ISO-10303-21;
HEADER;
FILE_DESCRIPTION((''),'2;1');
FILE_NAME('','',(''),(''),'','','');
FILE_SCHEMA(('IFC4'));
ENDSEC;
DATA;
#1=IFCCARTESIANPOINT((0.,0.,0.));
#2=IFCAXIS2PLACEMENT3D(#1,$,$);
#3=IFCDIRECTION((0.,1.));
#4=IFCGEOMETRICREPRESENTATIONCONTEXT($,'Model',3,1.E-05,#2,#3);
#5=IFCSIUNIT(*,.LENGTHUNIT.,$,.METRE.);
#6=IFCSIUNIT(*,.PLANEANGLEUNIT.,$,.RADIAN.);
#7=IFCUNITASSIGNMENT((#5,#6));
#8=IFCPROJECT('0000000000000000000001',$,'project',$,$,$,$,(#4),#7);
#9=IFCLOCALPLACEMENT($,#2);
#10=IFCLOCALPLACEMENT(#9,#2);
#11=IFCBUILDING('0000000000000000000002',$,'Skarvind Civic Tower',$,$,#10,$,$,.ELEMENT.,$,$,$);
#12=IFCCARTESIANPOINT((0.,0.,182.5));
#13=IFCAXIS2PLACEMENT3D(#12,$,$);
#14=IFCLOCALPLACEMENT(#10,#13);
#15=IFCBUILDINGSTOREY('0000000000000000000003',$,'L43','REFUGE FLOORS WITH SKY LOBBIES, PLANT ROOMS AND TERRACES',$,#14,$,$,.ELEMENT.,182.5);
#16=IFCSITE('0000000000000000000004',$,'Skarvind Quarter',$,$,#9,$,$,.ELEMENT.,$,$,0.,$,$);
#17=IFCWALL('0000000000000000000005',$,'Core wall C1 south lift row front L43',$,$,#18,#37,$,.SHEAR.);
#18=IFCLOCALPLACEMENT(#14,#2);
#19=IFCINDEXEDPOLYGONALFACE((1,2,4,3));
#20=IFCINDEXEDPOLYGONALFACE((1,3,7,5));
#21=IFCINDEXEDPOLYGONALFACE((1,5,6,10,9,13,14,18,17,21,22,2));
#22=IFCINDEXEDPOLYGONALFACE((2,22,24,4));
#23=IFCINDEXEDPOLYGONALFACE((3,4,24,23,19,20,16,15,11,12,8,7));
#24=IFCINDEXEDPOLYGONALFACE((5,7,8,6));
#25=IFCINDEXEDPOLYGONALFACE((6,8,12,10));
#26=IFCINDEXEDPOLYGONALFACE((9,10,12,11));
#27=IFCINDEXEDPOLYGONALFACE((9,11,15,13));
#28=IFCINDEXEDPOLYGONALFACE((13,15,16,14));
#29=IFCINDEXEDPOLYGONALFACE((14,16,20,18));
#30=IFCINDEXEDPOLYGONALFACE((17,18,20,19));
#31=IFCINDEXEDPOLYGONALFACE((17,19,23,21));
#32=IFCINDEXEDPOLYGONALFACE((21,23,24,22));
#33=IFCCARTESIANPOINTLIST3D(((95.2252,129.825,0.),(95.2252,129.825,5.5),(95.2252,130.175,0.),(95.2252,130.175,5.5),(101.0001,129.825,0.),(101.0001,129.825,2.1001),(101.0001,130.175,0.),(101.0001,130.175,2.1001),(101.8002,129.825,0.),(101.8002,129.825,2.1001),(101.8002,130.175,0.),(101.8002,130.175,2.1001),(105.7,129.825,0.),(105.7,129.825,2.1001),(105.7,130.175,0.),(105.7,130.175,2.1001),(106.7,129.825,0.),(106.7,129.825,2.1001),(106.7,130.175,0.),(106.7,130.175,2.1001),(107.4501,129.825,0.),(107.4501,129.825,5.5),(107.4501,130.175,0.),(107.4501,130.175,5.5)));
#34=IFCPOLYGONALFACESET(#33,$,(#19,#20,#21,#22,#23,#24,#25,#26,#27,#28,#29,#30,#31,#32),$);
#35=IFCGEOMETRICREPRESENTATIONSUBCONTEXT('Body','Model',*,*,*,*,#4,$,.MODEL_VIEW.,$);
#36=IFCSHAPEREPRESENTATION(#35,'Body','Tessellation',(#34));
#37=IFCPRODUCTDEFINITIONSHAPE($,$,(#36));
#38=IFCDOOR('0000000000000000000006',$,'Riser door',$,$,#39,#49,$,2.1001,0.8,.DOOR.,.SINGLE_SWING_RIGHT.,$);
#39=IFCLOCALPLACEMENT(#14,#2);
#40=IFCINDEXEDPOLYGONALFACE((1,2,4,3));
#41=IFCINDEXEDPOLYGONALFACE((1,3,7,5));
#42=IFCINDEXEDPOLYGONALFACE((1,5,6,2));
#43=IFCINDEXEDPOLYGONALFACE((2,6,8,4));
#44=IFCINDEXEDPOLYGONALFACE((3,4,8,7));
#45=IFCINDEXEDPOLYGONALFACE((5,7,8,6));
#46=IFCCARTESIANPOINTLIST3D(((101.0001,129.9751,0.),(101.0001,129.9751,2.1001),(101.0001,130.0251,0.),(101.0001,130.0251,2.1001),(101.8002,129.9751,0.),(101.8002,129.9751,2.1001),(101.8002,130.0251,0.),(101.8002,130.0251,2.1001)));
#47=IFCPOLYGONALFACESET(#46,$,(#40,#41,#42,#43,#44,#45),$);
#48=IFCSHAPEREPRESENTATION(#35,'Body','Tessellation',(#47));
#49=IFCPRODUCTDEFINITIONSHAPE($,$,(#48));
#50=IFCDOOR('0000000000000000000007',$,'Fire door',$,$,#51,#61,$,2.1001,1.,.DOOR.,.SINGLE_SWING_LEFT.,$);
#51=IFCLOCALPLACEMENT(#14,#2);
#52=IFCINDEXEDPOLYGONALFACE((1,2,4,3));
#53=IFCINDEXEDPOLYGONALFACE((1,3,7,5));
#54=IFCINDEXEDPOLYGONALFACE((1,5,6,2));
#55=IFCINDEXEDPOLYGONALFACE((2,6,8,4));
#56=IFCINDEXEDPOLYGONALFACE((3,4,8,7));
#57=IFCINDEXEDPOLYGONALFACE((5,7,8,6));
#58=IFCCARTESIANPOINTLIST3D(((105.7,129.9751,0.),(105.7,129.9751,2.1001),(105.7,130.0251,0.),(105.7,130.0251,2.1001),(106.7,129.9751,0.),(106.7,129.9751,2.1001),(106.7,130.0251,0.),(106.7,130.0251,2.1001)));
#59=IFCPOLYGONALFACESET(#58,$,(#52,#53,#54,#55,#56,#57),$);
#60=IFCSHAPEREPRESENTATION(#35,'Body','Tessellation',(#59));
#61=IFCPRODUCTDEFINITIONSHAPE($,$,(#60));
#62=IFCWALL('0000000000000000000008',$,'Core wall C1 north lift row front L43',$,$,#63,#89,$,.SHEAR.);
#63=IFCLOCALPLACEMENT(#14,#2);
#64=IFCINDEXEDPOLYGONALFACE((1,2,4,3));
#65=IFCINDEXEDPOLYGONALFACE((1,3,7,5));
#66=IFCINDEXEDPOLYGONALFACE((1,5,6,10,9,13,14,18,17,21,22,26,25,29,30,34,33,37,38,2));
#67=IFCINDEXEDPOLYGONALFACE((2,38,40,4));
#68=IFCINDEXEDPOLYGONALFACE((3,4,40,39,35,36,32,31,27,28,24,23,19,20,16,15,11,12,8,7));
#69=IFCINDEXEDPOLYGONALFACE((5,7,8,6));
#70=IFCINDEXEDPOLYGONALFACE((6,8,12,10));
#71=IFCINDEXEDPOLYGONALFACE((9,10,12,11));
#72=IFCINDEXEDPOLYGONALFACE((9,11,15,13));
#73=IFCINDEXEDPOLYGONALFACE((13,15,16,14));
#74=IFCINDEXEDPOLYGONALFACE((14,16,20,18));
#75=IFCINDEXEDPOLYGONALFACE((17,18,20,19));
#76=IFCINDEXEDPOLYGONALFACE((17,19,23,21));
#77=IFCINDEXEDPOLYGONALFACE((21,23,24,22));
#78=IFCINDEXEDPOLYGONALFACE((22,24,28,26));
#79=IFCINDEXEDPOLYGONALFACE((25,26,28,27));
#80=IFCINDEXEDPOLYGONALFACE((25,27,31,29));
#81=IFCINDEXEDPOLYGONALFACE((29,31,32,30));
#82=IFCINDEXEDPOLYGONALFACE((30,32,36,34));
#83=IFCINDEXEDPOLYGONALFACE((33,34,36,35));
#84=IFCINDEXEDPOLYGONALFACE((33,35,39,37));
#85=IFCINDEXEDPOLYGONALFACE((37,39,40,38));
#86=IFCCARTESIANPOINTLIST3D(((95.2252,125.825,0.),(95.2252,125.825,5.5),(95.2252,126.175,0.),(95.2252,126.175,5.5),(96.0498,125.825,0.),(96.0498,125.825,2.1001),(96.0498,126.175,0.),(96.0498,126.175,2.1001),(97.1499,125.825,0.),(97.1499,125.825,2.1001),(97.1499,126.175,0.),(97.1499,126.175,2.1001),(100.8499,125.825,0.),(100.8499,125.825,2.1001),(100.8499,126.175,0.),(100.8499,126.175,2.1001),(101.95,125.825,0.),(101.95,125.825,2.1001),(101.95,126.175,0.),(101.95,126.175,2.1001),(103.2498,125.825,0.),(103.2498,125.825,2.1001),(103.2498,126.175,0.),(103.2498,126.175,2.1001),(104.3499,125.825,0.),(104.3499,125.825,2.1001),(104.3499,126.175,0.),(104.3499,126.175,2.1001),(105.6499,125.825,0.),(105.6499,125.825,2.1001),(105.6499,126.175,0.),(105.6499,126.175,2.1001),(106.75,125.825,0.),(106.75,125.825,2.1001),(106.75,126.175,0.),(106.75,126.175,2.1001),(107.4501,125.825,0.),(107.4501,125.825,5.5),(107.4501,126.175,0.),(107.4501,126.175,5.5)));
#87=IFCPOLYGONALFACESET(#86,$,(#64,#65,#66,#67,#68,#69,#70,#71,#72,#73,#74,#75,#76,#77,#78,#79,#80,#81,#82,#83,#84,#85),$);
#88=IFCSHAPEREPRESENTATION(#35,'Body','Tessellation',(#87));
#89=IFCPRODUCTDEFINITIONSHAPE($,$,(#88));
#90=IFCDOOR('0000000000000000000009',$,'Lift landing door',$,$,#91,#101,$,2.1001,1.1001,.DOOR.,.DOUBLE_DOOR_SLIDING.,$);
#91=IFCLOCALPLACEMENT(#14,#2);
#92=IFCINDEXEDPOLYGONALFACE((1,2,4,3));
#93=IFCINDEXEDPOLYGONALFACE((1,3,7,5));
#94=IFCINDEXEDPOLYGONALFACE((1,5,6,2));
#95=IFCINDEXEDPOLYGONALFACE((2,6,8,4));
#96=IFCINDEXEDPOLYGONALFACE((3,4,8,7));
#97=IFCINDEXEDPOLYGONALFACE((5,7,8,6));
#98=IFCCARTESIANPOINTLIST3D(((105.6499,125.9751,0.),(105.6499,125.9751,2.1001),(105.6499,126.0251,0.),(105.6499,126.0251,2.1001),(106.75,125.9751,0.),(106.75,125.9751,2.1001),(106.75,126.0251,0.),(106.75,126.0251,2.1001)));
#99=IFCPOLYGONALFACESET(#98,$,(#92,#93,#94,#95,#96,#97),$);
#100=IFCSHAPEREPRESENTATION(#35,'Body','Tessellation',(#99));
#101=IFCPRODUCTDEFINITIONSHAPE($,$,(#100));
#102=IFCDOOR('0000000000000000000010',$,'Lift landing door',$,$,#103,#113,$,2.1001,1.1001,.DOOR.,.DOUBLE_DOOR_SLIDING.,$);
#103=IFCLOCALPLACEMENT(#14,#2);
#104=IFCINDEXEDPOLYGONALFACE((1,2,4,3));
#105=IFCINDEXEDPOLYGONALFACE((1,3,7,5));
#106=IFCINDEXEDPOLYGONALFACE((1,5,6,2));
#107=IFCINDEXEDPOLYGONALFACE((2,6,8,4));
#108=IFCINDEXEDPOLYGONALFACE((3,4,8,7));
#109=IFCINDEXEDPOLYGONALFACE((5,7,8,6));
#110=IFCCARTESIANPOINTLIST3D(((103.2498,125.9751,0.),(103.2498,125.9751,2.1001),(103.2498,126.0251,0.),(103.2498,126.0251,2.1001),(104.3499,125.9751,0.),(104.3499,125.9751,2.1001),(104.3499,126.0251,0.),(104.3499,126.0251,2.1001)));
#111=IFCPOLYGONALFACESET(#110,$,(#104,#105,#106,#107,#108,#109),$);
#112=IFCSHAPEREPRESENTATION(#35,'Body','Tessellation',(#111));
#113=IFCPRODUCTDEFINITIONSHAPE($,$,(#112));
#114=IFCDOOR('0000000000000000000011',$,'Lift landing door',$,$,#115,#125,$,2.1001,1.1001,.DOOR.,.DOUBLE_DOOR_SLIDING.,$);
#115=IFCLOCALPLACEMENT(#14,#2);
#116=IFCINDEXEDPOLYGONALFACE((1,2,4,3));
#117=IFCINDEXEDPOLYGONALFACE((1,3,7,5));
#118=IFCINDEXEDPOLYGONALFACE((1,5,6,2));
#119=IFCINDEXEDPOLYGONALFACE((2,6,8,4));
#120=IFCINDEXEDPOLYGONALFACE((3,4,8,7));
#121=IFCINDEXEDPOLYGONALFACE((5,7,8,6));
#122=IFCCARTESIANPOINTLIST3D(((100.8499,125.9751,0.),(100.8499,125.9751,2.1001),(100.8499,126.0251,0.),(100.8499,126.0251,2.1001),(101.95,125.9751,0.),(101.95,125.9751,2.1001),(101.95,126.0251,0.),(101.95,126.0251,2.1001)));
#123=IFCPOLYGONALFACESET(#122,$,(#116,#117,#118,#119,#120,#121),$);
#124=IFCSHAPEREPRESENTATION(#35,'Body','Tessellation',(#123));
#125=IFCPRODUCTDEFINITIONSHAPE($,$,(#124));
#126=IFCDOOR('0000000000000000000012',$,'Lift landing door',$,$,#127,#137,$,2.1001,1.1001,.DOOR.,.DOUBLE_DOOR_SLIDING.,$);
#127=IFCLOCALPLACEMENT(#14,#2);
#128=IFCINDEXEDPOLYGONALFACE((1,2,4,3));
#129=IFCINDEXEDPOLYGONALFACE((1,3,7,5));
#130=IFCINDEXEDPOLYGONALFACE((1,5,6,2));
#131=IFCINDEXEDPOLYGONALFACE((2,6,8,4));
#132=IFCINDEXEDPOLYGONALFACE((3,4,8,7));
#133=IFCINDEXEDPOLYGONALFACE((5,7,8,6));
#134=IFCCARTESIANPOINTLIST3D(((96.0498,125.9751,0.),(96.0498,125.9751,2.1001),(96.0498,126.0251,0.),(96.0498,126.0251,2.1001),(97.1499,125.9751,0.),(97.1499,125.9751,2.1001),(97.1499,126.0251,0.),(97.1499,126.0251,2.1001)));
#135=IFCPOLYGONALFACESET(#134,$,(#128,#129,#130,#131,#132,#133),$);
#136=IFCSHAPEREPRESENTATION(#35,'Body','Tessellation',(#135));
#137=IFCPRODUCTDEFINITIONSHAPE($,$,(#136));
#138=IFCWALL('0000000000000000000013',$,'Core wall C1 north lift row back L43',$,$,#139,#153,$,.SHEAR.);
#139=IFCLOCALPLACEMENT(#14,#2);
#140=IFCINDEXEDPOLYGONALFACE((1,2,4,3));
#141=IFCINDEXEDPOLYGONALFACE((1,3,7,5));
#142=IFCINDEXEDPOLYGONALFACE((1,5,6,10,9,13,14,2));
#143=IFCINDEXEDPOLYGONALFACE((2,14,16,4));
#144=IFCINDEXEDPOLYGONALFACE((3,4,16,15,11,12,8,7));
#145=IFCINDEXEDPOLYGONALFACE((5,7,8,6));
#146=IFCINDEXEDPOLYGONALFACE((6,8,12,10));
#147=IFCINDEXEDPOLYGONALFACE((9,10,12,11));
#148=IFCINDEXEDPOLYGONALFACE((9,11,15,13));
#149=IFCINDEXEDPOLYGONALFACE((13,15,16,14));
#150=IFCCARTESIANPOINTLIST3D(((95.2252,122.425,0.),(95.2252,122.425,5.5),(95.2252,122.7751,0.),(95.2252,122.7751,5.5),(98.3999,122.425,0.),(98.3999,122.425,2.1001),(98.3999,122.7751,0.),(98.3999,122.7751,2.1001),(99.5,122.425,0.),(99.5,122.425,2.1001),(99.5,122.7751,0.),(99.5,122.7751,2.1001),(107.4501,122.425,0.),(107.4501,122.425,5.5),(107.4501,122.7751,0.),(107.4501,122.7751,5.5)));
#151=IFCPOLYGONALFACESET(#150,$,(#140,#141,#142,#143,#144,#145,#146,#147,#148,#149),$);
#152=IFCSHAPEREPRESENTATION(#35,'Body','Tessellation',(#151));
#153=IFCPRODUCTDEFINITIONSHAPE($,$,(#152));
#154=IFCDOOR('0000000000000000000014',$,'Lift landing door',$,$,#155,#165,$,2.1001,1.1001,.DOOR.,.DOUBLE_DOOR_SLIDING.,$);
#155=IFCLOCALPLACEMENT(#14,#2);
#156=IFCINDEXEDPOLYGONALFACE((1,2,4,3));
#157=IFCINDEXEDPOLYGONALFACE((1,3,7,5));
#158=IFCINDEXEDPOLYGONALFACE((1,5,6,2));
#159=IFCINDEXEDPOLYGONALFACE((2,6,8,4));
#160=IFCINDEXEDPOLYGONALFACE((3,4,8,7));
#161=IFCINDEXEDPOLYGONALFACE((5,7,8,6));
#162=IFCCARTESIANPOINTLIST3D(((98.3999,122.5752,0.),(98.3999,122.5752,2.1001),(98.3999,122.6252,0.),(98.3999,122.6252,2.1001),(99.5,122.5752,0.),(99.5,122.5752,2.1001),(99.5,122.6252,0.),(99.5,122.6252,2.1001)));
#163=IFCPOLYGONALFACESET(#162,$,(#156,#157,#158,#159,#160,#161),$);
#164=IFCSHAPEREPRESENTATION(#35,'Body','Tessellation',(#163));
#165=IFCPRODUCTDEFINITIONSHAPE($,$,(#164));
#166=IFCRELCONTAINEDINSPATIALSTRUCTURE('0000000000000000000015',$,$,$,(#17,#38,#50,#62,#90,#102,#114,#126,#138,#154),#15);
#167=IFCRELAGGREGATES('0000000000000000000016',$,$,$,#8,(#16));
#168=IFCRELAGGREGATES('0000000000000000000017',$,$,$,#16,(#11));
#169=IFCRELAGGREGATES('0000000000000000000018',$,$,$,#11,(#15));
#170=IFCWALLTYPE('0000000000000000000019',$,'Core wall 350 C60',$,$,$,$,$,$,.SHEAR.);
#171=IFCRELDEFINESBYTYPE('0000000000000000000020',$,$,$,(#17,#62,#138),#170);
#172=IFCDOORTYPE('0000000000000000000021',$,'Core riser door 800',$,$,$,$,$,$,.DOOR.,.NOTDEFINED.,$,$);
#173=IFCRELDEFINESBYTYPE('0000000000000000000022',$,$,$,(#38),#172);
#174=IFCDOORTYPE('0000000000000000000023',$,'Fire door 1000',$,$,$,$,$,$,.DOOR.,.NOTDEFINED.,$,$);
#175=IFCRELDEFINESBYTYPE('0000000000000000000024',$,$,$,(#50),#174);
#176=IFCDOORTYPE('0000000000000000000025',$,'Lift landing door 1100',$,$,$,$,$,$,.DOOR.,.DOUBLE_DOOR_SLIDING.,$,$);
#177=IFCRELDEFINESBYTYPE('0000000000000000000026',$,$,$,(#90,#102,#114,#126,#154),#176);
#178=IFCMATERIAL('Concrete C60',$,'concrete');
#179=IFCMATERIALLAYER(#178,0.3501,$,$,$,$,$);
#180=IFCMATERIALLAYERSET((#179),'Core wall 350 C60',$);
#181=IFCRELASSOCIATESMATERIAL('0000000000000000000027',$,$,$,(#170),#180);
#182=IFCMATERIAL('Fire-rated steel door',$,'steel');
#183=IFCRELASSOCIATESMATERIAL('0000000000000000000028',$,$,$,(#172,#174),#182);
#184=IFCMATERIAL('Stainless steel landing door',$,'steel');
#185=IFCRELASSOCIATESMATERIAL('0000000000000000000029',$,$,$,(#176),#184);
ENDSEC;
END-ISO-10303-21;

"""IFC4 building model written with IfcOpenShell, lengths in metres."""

from ifc_helpers import new_model, si_unit, direction, frame, frame_2d, origin, place, context, subcontext, project, spatial, rectangle, extrude, material, layer, layer_set, type_object, element, fill, save


model = new_model("IFC4")

# Units and contexts
model_context = context("Model", 3, precision=1e-05, world=origin(), true_north=direction((0.0, 1.0)))
body_context = subcontext(model_context, "Body", "Model", "MODEL_VIEW")
ifc_project = project(units=[si_unit("LENGTHUNIT", "METRE"), si_unit("PLANEANGLEUNIT", "RADIAN")], contexts=[model_context])

# Site, building, storey
site_placement = place(None, origin())
site = spatial("IfcSite", under=ifc_project, at=site_placement, Name="Skarvind Quarter", CompositionType="ELEMENT", RefElevation=0.0)
building_placement = place(site_placement, origin())
building = spatial("IfcBuilding", under=site, at=building_placement, Name="Skarvind Civic Tower", CompositionType="ELEMENT")
storey_placement = place(building_placement, frame((0.0, 0.0, 182.5)))
storey = spatial("IfcBuildingStorey", under=building, at=storey_placement, Name="L43", Description="REFUGE FLOORS WITH SKY LOBBIES, PLANT ROOMS AND TERRACES", CompositionType="ELEMENT", Elevation=182.5)

# Walls, openings, doors
ifc_material_1 = material(Name="Concrete C60", Category="concrete")
ifc_layer_1 = layer(ifc_material_1, 0.3501)
ifc_layer_set_1 = layer_set([ifc_layer_1], Name="Core wall 350 C60")
wall_type_1 = type_object("IfcWallType", Name="Core wall 350 C60", PredefinedType="SHEAR", material=ifc_layer_set_1)
wall_1_placement = place(storey_placement, frame((107.45, 130.0, 0.0), z_axis=(0.0, 0.0, 1.0), x_axis=(-1.0, 0.0, 0.0)))
wall_1 = element("IfcWall", 1, at=wall_1_placement, inside=storey, type_object=wall_type_1, Name="Core wall C1 south lift row front L43", PredefinedType="SHEAR", context=body_context, shape_type="SweptSolid", body=[
    extrude(rectangle(XDim=12.2249, YDim=0.3501, at=frame_2d((6.1123, 0.0))), origin(), (0.0, 0.0, 1.0), 5.5),
])
opening_1_placement = place(wall_1_placement, frame((0.75, 0.0, 0.0)))
opening_1 = element("IfcOpeningElement", 2, at=opening_1_placement, cuts=wall_1, PredefinedType="OPENING", context=body_context, shape_type="SweptSolid", body=[
    extrude(rectangle(XDim=1.0, YDim=2.1001, at=frame_2d((0.5, 1.05))), frame((0.0, 0.1851, 0.0), z_axis=(0.0, -1.0, 0.0), x_axis=(1.0, 0.0, 0.0)), (0.0, 0.0, 1.0), 0.3701),
])
opening_2_placement = place(wall_1_placement, frame((5.6499, 0.0, 0.0)))
opening_2 = element("IfcOpeningElement", 3, at=opening_2_placement, cuts=wall_1, PredefinedType="OPENING", context=body_context, shape_type="SweptSolid", body=[
    extrude(rectangle(XDim=0.8, YDim=2.1001, at=frame_2d((0.3999, 1.05))), frame((0.0, 0.1851, 0.0), z_axis=(0.0, -1.0, 0.0), x_axis=(1.0, 0.0, 0.0)), (0.0, 0.0, 1.0), 0.3701),
])
ifc_material_2 = material(Name="Fire-rated steel door", Category="steel")
door_type_1 = type_object("IfcDoorType", Name="Core riser door 800", OperationType="NOTDEFINED", PredefinedType="DOOR", material=ifc_material_2)
door_1_placement = place(opening_2_placement, origin())
door_1 = element("IfcDoor", 4, at=door_1_placement, inside=storey, type_object=door_type_1, Name="Riser door", OperationType="SINGLE_SWING_RIGHT", OverallHeight=2.1001, OverallWidth=0.8, PredefinedType="DOOR", context=body_context, shape_type="SweptSolid", body=[
    extrude(rectangle(XDim=0.8, YDim=2.1001, at=frame_2d((0.3999, 1.05))), frame((0.0, 0.0249, 0.0), z_axis=(0.0, -1.0, 0.0), x_axis=(1.0, 0.0, 0.0)), (0.0, 0.0, 1.0), 0.05),
])
fill(opening_2, door_1)
door_type_2 = type_object("IfcDoorType", Name="Fire door 1000", OperationType="NOTDEFINED", PredefinedType="DOOR", material=ifc_material_2)
door_2_placement = place(opening_1_placement, origin())
door_2 = element("IfcDoor", 5, at=door_2_placement, inside=storey, type_object=door_type_2, Name="Fire door", OperationType="SINGLE_SWING_LEFT", OverallHeight=2.1001, OverallWidth=1.0, PredefinedType="DOOR", context=body_context, shape_type="SweptSolid", body=[
    extrude(rectangle(XDim=1.0, YDim=2.1001, at=frame_2d((0.5, 1.05))), frame((0.0, 0.0249, 0.0), z_axis=(0.0, -1.0, 0.0), x_axis=(1.0, 0.0, 0.0)), (0.0, 0.0, 1.0), 0.05),
])
fill(opening_1, door_2)
wall_2_placement = place(storey_placement, frame((107.45, 126.0, 0.0), z_axis=(0.0, 0.0, 1.0), x_axis=(-1.0, 0.0, 0.0)))
wall_2 = element("IfcWall", 6, at=wall_2_placement, inside=storey, type_object=wall_type_1, Name="Core wall C1 north lift row front L43", PredefinedType="SHEAR", context=body_context, shape_type="SweptSolid", body=[
    extrude(rectangle(XDim=12.2249, YDim=0.3501, at=frame_2d((6.1123, 0.0))), origin(), (0.0, 0.0, 1.0), 5.5),
])
opening_3_placement = place(wall_2_placement, frame((0.7, 0.0, 0.0)))
opening_3 = element("IfcOpeningElement", 7, at=opening_3_placement, cuts=wall_2, PredefinedType="OPENING", context=body_context, shape_type="SweptSolid", body=[
    extrude(rectangle(XDim=1.1001, YDim=2.1001, at=frame_2d((0.55, 1.05))), frame((0.0, 0.1851, 0.0), z_axis=(0.0, -1.0, 0.0), x_axis=(1.0, 0.0, 0.0)), (0.0, 0.0, 1.0), 0.3701),
])
opening_4_placement = place(wall_2_placement, frame((3.1001, 0.0, 0.0)))
opening_4 = element("IfcOpeningElement", 8, at=opening_4_placement, cuts=wall_2, PredefinedType="OPENING", context=body_context, shape_type="SweptSolid", body=[
    extrude(rectangle(XDim=1.1001, YDim=2.1001, at=frame_2d((0.55, 1.05))), frame((0.0, 0.1851, 0.0), z_axis=(0.0, -1.0, 0.0), x_axis=(1.0, 0.0, 0.0)), (0.0, 0.0, 1.0), 0.3701),
])
opening_5_placement = place(wall_2_placement, frame((5.5, 0.0, 0.0)))
opening_5 = element("IfcOpeningElement", 9, at=opening_5_placement, cuts=wall_2, PredefinedType="OPENING", context=body_context, shape_type="SweptSolid", body=[
    extrude(rectangle(XDim=1.1001, YDim=2.1001, at=frame_2d((0.55, 1.05))), frame((0.0, 0.1851, 0.0), z_axis=(0.0, -1.0, 0.0), x_axis=(1.0, 0.0, 0.0)), (0.0, 0.0, 1.0), 0.3701),
])
opening_6_placement = place(wall_2_placement, frame((10.3, 0.0, 0.0)))
opening_6 = element("IfcOpeningElement", 10, at=opening_6_placement, cuts=wall_2, PredefinedType="OPENING", context=body_context, shape_type="SweptSolid", body=[
    extrude(rectangle(XDim=1.1001, YDim=2.1001, at=frame_2d((0.55, 1.05))), frame((0.0, 0.1851, 0.0), z_axis=(0.0, -1.0, 0.0), x_axis=(1.0, 0.0, 0.0)), (0.0, 0.0, 1.0), 0.3701),
])
ifc_material_3 = material(Name="Stainless steel landing door", Category="steel")
door_type_3 = type_object("IfcDoorType", Name="Lift landing door 1100", OperationType="DOUBLE_DOOR_SLIDING", PredefinedType="DOOR", material=ifc_material_3)
door_3_placement = place(opening_3_placement, origin())
door_3 = element("IfcDoor", 11, at=door_3_placement, inside=storey, type_object=door_type_3, Name="Lift landing door", OperationType="DOUBLE_DOOR_SLIDING", OverallHeight=2.1001, OverallWidth=1.1001, PredefinedType="DOOR", context=body_context, shape_type="SweptSolid", body=[
    extrude(rectangle(XDim=1.1001, YDim=2.1001, at=frame_2d((0.55, 1.05))), frame((0.0, 0.0249, 0.0), z_axis=(0.0, -1.0, 0.0), x_axis=(1.0, 0.0, 0.0)), (0.0, 0.0, 1.0), 0.05),
])
fill(opening_3, door_3)
door_4_placement = place(opening_4_placement, origin())
door_4 = element("IfcDoor", 12, at=door_4_placement, inside=storey, type_object=door_type_3, Name="Lift landing door", OperationType="DOUBLE_DOOR_SLIDING", OverallHeight=2.1001, OverallWidth=1.1001, PredefinedType="DOOR", context=body_context, shape_type="SweptSolid", body=[
    extrude(rectangle(XDim=1.1001, YDim=2.1001, at=frame_2d((0.55, 1.05))), frame((0.0, 0.0249, 0.0), z_axis=(0.0, -1.0, 0.0), x_axis=(1.0, 0.0, 0.0)), (0.0, 0.0, 1.0), 0.05),
])
fill(opening_4, door_4)
door_5_placement = place(opening_5_placement, origin())
door_5 = element("IfcDoor", 13, at=door_5_placement, inside=storey, type_object=door_type_3, Name="Lift landing door", OperationType="DOUBLE_DOOR_SLIDING", OverallHeight=2.1001, OverallWidth=1.1001, PredefinedType="DOOR", context=body_context, shape_type="SweptSolid", body=[
    extrude(rectangle(XDim=1.1001, YDim=2.1001, at=frame_2d((0.55, 1.05))), frame((0.0, 0.0249, 0.0), z_axis=(0.0, -1.0, 0.0), x_axis=(1.0, 0.0, 0.0)), (0.0, 0.0, 1.0), 0.05),
])
fill(opening_5, door_5)
door_6_placement = place(opening_6_placement, origin())
door_6 = element("IfcDoor", 14, at=door_6_placement, inside=storey, type_object=door_type_3, Name="Lift landing door", OperationType="DOUBLE_DOOR_SLIDING", OverallHeight=2.1001, OverallWidth=1.1001, PredefinedType="DOOR", context=body_context, shape_type="SweptSolid", body=[
    extrude(rectangle(XDim=1.1001, YDim=2.1001, at=frame_2d((0.55, 1.05))), frame((0.0, 0.0249, 0.0), z_axis=(0.0, -1.0, 0.0), x_axis=(1.0, 0.0, 0.0)), (0.0, 0.0, 1.0), 0.05),
])
fill(opening_6, door_6)

# Wall, opening, door
wall_3_placement = place(storey_placement, frame((107.45, 122.6001, 0.0), z_axis=(0.0, 0.0, 1.0), x_axis=(-1.0, 0.0, 0.0)))
wall_3 = element("IfcWall", 15, at=wall_3_placement, inside=storey, type_object=wall_type_1, Name="Core wall C1 north lift row back L43", PredefinedType="SHEAR", context=body_context, shape_type="SweptSolid", body=[
    extrude(rectangle(XDim=12.2249, YDim=0.3501, at=frame_2d((6.1123, 0.0))), origin(), (0.0, 0.0, 1.0), 5.5),
])
opening_7_placement = place(wall_3_placement, frame((7.95, 0.0, 0.0)))
opening_7 = element("IfcOpeningElement", 16, at=opening_7_placement, cuts=wall_3, PredefinedType="OPENING", context=body_context, shape_type="SweptSolid", body=[
    extrude(rectangle(XDim=1.1001, YDim=2.1001, at=frame_2d((0.55, 1.05))), frame((0.0, 0.1851, 0.0), z_axis=(0.0, -1.0, 0.0), x_axis=(1.0, 0.0, 0.0)), (0.0, 0.0, 1.0), 0.3701),
])
door_7_placement = place(opening_7_placement, origin())
door_7 = element("IfcDoor", 17, at=door_7_placement, inside=storey, type_object=door_type_3, Name="Lift landing door", OperationType="DOUBLE_DOOR_SLIDING", OverallHeight=2.1001, OverallWidth=1.1001, PredefinedType="DOOR", context=body_context, shape_type="SweptSolid", body=[
    extrude(rectangle(XDim=1.1001, YDim=2.1001, at=frame_2d((0.55, 1.05))), frame((0.0, 0.0249, 0.0), z_axis=(0.0, -1.0, 0.0), x_axis=(1.0, 0.0, 0.0)), (0.0, 0.0, 1.0), 0.05),
])
fill(opening_7, door_7)

save(model, "model.ifc")
